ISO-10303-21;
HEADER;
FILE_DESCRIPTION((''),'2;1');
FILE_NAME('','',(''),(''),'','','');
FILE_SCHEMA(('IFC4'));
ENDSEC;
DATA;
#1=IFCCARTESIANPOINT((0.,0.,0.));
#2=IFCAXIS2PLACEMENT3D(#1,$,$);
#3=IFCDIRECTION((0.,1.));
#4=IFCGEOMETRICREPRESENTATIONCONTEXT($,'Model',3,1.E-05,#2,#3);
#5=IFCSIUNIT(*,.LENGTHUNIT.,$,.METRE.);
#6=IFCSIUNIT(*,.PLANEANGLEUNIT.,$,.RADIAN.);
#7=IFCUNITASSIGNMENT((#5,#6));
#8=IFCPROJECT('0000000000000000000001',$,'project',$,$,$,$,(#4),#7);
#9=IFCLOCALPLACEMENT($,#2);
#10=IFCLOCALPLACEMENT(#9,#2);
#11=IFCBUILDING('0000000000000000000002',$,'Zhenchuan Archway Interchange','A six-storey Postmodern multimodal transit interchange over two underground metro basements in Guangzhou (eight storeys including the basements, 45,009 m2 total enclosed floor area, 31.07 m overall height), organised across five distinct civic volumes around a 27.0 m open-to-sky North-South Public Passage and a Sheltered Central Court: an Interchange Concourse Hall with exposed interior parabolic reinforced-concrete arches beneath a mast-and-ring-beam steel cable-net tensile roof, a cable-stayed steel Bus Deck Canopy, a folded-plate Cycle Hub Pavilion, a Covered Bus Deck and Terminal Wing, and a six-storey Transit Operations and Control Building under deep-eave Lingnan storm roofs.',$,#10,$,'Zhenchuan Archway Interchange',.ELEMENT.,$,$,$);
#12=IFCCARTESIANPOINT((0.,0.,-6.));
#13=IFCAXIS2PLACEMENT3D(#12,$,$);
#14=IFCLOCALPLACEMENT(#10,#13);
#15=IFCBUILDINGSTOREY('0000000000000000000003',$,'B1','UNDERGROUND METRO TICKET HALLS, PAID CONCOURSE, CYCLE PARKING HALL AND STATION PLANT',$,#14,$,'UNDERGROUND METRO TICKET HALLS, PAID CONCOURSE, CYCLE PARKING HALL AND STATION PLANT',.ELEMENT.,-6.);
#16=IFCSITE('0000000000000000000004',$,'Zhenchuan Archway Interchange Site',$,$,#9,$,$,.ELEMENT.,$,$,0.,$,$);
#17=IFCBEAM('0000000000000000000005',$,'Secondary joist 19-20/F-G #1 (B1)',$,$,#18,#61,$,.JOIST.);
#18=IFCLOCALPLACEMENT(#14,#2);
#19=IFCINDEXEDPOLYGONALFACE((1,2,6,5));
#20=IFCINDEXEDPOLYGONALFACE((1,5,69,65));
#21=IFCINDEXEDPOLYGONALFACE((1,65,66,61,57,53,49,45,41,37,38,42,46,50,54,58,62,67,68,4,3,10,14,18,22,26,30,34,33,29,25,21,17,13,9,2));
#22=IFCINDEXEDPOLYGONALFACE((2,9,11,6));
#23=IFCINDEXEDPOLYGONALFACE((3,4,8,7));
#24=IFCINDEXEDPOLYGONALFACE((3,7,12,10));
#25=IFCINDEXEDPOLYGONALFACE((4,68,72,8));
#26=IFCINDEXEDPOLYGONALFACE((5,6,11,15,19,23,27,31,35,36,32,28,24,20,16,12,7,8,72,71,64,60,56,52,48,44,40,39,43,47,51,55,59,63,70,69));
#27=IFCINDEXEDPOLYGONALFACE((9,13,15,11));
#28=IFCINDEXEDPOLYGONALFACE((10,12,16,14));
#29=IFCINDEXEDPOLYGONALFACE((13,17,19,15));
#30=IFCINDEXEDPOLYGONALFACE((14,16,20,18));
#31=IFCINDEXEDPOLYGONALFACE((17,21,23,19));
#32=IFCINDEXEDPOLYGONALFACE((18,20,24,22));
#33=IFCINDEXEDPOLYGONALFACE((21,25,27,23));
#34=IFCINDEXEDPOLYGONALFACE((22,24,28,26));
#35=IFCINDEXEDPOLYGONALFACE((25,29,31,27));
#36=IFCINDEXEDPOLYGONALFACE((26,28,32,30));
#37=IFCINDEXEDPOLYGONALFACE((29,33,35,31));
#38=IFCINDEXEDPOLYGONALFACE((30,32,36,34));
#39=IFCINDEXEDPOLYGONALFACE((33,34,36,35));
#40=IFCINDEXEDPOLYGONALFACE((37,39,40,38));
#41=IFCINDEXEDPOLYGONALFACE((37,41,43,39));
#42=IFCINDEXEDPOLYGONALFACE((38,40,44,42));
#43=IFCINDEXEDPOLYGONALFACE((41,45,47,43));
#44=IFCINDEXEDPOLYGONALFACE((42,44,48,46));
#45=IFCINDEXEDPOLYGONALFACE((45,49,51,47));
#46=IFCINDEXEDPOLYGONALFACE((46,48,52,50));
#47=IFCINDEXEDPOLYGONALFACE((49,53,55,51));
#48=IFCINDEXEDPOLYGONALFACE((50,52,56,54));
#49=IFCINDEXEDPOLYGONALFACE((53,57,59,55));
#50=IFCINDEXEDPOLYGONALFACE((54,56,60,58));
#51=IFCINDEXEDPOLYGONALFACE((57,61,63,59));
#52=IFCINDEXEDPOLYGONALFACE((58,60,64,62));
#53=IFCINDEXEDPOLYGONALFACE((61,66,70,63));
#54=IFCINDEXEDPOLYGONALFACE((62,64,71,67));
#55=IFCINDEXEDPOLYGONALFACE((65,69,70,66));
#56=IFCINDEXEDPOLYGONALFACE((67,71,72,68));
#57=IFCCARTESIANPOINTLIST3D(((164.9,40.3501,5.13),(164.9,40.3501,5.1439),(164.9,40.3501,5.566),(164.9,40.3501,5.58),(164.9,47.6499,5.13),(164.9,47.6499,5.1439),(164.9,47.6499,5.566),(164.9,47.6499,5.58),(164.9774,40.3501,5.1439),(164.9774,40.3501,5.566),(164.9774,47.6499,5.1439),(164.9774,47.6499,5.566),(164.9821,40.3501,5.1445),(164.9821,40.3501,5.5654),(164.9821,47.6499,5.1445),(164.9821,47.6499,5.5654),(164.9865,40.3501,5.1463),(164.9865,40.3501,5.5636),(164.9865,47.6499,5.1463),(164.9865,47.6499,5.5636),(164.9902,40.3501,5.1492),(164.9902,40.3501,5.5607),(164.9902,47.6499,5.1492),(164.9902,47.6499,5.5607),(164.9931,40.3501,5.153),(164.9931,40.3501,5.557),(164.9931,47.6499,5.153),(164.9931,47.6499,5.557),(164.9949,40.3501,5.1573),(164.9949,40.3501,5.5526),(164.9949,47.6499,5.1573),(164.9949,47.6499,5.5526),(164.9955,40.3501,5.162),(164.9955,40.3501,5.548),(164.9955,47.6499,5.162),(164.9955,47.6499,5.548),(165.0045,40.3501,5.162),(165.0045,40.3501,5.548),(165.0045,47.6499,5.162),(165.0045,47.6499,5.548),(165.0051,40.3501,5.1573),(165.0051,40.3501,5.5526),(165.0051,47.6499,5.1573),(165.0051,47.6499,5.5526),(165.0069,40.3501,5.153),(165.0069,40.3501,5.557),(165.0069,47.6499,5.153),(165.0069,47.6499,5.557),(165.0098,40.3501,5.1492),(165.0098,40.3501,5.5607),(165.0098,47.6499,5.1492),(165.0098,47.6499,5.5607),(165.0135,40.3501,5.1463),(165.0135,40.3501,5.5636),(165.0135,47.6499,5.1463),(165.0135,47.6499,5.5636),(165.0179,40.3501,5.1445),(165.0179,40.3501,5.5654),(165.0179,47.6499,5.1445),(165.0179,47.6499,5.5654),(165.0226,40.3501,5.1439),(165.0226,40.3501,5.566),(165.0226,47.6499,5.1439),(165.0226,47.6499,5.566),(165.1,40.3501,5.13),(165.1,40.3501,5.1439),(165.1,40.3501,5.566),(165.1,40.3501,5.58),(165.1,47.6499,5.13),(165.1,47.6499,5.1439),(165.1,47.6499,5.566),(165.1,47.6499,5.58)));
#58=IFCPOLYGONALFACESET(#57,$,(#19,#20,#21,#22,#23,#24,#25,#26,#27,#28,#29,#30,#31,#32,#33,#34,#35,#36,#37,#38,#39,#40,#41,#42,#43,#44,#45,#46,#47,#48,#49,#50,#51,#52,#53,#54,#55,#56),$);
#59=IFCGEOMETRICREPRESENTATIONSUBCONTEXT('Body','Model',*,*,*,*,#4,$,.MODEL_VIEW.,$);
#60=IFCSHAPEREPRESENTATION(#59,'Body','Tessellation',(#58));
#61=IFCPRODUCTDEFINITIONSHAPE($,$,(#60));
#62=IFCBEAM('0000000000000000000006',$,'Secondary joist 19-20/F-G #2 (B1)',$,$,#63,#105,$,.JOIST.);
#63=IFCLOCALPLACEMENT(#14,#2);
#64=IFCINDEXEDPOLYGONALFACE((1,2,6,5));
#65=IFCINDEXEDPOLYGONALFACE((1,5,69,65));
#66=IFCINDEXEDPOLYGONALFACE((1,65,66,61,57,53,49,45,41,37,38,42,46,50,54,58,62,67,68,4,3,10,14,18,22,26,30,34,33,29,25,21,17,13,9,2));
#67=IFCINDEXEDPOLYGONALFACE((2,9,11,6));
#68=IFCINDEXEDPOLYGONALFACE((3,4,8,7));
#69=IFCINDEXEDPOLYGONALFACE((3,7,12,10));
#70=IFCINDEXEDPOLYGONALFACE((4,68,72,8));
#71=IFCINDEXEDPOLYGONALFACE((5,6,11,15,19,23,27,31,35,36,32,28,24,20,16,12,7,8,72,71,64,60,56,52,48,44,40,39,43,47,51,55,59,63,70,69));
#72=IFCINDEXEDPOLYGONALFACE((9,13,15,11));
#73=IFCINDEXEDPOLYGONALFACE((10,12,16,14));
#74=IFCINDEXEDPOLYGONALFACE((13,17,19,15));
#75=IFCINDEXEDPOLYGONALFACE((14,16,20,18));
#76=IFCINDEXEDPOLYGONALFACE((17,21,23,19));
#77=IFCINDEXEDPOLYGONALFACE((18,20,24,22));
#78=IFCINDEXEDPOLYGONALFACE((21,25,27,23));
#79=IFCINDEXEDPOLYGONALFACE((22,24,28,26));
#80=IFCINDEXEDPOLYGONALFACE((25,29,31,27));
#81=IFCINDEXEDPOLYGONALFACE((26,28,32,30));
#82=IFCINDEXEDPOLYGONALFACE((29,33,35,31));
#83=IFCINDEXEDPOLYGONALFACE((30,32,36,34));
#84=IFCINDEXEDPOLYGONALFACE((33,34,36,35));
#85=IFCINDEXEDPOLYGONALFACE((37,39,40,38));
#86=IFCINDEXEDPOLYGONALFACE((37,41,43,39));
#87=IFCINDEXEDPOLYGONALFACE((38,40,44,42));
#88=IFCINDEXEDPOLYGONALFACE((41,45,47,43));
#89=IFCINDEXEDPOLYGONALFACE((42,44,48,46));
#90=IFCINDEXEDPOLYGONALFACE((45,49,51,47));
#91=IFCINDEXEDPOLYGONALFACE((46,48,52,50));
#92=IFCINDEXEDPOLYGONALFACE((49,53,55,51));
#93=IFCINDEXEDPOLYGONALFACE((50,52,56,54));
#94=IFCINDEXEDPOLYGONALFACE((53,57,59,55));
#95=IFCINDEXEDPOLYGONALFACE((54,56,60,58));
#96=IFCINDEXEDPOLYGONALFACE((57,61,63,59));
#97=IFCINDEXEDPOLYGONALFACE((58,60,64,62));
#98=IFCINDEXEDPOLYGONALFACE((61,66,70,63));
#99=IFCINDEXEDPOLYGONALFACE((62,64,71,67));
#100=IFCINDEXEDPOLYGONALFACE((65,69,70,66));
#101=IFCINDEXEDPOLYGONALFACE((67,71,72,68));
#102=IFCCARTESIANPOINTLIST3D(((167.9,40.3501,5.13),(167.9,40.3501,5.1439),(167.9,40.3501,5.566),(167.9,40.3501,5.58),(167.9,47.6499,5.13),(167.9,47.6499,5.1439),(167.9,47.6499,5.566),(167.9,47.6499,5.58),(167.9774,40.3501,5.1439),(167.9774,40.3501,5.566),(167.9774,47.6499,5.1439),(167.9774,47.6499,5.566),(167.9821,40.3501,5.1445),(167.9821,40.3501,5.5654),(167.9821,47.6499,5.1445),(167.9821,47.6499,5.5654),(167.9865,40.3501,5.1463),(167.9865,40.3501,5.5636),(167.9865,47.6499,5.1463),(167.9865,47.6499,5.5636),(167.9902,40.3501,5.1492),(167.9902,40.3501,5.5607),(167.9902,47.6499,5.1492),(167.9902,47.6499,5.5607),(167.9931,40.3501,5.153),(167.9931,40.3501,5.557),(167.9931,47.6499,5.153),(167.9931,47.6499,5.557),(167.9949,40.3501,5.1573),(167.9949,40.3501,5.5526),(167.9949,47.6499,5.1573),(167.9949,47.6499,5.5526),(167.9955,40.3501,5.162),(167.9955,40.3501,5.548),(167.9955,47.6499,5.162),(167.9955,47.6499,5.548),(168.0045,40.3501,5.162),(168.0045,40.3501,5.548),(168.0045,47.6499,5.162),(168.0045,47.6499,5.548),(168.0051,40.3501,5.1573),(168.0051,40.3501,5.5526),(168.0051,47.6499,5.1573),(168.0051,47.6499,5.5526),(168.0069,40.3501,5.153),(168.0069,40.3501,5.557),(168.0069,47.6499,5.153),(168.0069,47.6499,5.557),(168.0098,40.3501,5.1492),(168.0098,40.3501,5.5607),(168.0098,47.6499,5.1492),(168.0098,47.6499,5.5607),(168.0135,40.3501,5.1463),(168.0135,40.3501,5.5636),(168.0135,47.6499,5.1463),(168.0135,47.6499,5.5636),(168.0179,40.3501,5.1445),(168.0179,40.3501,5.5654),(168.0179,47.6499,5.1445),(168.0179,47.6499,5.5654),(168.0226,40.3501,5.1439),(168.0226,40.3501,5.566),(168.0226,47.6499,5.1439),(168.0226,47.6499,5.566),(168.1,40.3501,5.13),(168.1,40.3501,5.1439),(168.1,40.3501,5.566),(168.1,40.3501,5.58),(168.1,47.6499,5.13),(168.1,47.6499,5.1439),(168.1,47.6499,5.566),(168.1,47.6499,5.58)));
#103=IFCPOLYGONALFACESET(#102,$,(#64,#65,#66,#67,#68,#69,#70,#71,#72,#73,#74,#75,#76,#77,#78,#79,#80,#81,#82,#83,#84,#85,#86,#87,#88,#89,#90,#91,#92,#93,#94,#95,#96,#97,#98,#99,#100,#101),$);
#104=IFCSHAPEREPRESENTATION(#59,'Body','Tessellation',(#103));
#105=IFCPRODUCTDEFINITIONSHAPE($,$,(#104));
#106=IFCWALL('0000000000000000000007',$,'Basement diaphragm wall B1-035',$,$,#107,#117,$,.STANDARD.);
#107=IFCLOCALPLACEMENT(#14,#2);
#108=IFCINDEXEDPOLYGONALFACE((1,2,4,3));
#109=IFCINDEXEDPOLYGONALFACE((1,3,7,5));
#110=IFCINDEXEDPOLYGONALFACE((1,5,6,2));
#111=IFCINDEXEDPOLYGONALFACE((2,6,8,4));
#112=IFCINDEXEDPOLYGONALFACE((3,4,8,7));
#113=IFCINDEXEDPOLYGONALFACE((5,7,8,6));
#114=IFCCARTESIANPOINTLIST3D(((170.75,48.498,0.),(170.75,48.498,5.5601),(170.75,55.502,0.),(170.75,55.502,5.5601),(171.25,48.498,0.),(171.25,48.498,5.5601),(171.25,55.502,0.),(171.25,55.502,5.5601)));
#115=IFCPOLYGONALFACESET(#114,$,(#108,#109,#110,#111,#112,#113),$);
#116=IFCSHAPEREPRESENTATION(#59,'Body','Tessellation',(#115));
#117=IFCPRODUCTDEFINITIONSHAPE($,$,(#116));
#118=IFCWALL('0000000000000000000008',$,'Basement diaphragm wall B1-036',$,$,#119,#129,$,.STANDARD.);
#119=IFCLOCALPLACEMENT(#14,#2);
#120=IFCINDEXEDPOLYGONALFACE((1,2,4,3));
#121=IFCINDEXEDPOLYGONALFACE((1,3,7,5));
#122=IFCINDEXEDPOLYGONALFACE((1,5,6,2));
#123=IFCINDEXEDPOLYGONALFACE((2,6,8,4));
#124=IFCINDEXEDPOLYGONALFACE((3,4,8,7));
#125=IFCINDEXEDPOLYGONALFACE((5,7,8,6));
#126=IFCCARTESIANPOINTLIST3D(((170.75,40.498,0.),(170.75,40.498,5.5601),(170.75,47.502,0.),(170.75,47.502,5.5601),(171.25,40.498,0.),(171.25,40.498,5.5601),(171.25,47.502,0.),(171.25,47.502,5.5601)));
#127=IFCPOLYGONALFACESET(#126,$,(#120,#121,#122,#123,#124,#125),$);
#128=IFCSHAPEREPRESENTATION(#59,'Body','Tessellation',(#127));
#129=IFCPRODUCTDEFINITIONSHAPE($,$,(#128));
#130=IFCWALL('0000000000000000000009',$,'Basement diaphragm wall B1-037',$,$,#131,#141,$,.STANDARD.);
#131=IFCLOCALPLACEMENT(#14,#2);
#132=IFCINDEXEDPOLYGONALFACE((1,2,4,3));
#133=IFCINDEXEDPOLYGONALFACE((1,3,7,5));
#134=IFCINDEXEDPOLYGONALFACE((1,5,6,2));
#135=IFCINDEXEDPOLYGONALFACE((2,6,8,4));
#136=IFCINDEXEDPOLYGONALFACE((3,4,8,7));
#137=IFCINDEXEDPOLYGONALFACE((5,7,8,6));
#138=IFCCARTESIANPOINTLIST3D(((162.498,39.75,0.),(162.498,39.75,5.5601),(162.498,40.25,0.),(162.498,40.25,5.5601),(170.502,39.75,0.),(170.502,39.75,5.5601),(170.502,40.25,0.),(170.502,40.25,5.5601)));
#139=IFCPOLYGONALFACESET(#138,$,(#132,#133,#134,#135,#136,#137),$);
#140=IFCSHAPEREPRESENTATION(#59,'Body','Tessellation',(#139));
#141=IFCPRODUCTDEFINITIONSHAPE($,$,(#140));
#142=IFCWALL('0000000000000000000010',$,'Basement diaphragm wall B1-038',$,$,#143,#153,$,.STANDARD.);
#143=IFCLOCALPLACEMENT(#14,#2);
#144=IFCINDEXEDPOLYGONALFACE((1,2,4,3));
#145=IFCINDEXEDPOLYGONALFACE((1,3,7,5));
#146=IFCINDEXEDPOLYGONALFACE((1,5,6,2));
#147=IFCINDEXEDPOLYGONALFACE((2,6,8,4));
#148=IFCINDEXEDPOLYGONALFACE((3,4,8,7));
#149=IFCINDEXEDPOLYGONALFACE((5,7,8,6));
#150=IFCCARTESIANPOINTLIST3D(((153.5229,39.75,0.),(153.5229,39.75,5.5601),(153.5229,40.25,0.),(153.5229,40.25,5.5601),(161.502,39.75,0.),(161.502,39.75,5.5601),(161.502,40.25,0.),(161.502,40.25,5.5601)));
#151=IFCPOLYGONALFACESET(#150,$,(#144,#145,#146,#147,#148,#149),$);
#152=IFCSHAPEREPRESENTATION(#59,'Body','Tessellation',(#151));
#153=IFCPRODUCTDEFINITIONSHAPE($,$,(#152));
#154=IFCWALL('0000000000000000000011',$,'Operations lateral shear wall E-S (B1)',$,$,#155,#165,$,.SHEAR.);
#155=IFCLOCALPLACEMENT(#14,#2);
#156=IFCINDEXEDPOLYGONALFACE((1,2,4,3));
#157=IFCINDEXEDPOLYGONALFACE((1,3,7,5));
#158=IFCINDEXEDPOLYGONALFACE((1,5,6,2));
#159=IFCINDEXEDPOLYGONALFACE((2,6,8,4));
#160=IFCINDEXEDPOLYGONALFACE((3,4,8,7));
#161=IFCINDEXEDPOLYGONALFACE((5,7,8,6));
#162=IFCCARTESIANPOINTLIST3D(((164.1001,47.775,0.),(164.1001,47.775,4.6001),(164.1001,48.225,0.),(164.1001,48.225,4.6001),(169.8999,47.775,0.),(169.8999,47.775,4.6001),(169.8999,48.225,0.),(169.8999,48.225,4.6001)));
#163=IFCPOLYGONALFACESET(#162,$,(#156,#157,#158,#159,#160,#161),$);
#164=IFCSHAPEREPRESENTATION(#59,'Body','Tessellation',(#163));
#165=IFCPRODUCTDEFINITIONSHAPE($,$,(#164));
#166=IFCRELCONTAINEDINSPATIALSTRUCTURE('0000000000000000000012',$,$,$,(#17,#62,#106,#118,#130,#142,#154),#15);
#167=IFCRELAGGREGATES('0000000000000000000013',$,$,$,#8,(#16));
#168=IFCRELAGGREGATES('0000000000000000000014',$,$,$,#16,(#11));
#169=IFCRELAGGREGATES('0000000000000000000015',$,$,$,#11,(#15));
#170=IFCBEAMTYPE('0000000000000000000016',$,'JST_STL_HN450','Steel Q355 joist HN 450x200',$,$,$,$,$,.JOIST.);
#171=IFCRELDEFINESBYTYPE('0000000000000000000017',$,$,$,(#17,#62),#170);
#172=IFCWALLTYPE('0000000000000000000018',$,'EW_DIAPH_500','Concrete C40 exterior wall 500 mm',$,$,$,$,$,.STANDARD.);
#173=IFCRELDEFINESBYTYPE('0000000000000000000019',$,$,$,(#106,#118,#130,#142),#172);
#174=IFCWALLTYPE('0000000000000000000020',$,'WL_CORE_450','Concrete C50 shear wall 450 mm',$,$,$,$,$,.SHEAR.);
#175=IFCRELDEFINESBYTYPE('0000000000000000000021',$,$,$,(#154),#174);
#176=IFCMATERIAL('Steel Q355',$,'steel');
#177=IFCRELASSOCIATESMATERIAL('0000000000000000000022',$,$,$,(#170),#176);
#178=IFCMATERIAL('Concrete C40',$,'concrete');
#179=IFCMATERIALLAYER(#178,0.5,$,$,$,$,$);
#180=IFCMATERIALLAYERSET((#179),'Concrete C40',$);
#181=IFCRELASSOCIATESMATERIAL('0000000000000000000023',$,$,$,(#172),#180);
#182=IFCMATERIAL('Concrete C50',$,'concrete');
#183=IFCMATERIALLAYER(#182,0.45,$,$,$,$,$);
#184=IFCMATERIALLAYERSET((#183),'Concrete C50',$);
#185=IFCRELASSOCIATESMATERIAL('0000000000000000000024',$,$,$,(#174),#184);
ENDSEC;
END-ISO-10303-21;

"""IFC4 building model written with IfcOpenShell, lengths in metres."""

from ifc_helpers import new_model, si_unit, direction, frame, frame_2d, origin, origin_2d, place, context, subcontext, project, spatial, rectangle, i_section, extrude, material, layer, layer_set, material_profile, profile_set, type_object, element, save


model = new_model("IFC4")

# Units and contexts
model_context = context("Model", 3, precision=1e-05, world=origin(), true_north=direction((0.0, 1.0)))
body_context = subcontext(model_context, "Body", "Model", "MODEL_VIEW")
ifc_project = project(units=[si_unit("LENGTHUNIT", "METRE"), si_unit("PLANEANGLEUNIT", "RADIAN")], contexts=[model_context])

# Site, building, storey
site_placement = place(None, origin())
site = spatial("IfcSite", under=ifc_project, at=site_placement, Name="Zhenchuan Archway Interchange Site", CompositionType="ELEMENT", RefElevation=0.0)
building_placement = place(site_placement, origin())
building = spatial("IfcBuilding", under=site, at=building_placement, Name="Zhenchuan Archway Interchange", Description="A six-storey Postmodern multimodal transit interchange over two underground metro basements in Guangzhou (eight storeys including the basements, 45,009 m2 total enclosed floor area, 31.07 m overall height), organised across five distinct civic volumes around a 27.0 m open-to-sky North-South Public Passage and a Sheltered Central Court: an Interchange Concourse Hall with exposed interior parabolic reinforced-concrete arches beneath a mast-and-ring-beam steel cable-net tensile roof, a cable-stayed steel Bus Deck Canopy, a folded-plate Cycle Hub Pavilion, a Covered Bus Deck and Terminal Wing, and a six-storey Transit Operations and Control Building under deep-eave Lingnan storm roofs.", LongName="Zhenchuan Archway Interchange", CompositionType="ELEMENT")
storey_placement = place(building_placement, frame((0.0, 0.0, -6.0)))
storey = spatial("IfcBuildingStorey", under=building, at=storey_placement, Name="B1", Description="UNDERGROUND METRO TICKET HALLS, PAID CONCOURSE, CYCLE PARKING HALL AND STATION PLANT", LongName="UNDERGROUND METRO TICKET HALLS, PAID CONCOURSE, CYCLE PARKING HALL AND STATION PLANT", CompositionType="ELEMENT", Elevation=-6.0)

# Shared definitions
ifc_material_1 = material(Name="Concrete C50", Category="concrete")

# Beams
ifc_material_2 = material(Name="Concrete C40", Category="concrete")
ifc_material_3 = material(Name="Steel Q355", Category="steel")
ifc_material_profile_1 = material_profile(ifc_material_3, i_section(OverallWidth=0.2, OverallDepth=0.45, WebThickness=0.009, FlangeThickness=0.0139, FilletRadius=0.0181, at=origin_2d()), Name="HN 450x200")
ifc_profile_set_1 = profile_set([ifc_material_profile_1], Name="Steel Q355")
beam_type_1 = type_object("IfcBeamType", Name="JST_STL_HN450", Description="Steel Q355 joist HN 450x200", PredefinedType="JOIST", material=ifc_profile_set_1)
for number, where, z_axis, x_axis, name in (
    (1, (165.0, 40.3501, 5.355), (0.0, 1.0, 0.0), (-1.0, 0.0, 0.0), "Secondary joist 19-20/F-G #1 (B1)"),
    (2, (168.0, 40.3501, 5.355), (0.0, 1.0, 0.0), (-1.0, 0.0, 0.0), "Secondary joist 19-20/F-G #2 (B1)"),
):
    element("IfcBeam", number, at=place(storey_placement, frame(where, z_axis=z_axis, x_axis=x_axis)), inside=storey, type_object=beam_type_1, Name=name, PredefinedType="JOIST", context=body_context, shape_type="SweptSolid", body=[
        extrude(i_section(OverallWidth=0.2, OverallDepth=0.45, WebThickness=0.009, FlangeThickness=0.0139, FilletRadius=0.0181, at=origin_2d()), origin(), (0.0, 0.0, 1.0), 7.2998),
    ])

# Walls
ifc_layer_1 = layer(ifc_material_2, 0.5)
ifc_layer_set_1 = layer_set([ifc_layer_1], Name="Concrete C40")
wall_type_1 = type_object("IfcWallType", Name="EW_DIAPH_500", Description="Concrete C40 exterior wall 500 mm", PredefinedType="STANDARD", material=ifc_layer_set_1)
for number, where, z_axis, x_axis, name in (
    (3, (171.0, 55.502, 0.0), (0.0, 0.0, 1.0), (0.0, -1.0, 0.0), "Basement diaphragm wall B1-035"),
    (4, (171.0, 47.502, 0.0), (0.0, 0.0, 1.0), (0.0, -1.0, 0.0), "Basement diaphragm wall B1-036"),
):
    element("IfcWall", number, at=place(storey_placement, frame(where, z_axis=z_axis, x_axis=x_axis)), inside=storey, type_object=wall_type_1, Name=name, PredefinedType="STANDARD", context=body_context, shape_type="SweptSolid", body=[
        extrude(rectangle(XDim=7.0039, YDim=0.5, at=frame_2d((3.502, 0.0))), origin(), (0.0, 0.0, 1.0), 5.5601),
    ])
wall_1_placement = place(storey_placement, frame((170.502, 40.0, 0.0), z_axis=(0.0, 0.0, 1.0), x_axis=(-1.0, 0.0, 0.0)))
element("IfcWall", 5, at=wall_1_placement, inside=storey, type_object=wall_type_1, Name="Basement diaphragm wall B1-037", PredefinedType="STANDARD", context=body_context, shape_type="SweptSolid", body=[
    extrude(rectangle(XDim=8.0039, YDim=0.5, at=frame_2d((4.002, 0.0))), origin(), (0.0, 0.0, 1.0), 5.5601),
])
wall_2_placement = place(storey_placement, frame((161.502, 40.0, 0.0), z_axis=(0.0, 0.0, 1.0), x_axis=(-1.0, 0.0, 0.0)))
element("IfcWall", 6, at=wall_2_placement, inside=storey, type_object=wall_type_1, Name="Basement diaphragm wall B1-038", PredefinedType="STANDARD", context=body_context, shape_type="SweptSolid", body=[
    extrude(rectangle(XDim=7.979, YDim=0.5, at=frame_2d((3.9895, 0.0))), origin(), (0.0, 0.0, 1.0), 5.5601),
])
ifc_layer_2 = layer(ifc_material_1, 0.45)
ifc_layer_set_2 = layer_set([ifc_layer_2], Name="Concrete C50")
wall_type_2 = type_object("IfcWallType", Name="WL_CORE_450", Description="Concrete C50 shear wall 450 mm", PredefinedType="SHEAR", material=ifc_layer_set_2)
wall_3_placement = place(storey_placement, frame((164.1001, 48.0, 0.0), z_axis=(0.0, 0.0, 1.0), x_axis=(1.0, 0.0, 0.0)))
element("IfcWall", 7, at=wall_3_placement, inside=storey, type_object=wall_type_2, Name="Operations lateral shear wall E-S (B1)", PredefinedType="SHEAR", context=body_context, shape_type="SweptSolid", body=[
    extrude(rectangle(XDim=5.7998, YDim=0.45, at=frame_2d((2.8999, 0.0))), origin(), (0.0, 0.0, 1.0), 4.6001),
])

save(model, "model.ifc")
